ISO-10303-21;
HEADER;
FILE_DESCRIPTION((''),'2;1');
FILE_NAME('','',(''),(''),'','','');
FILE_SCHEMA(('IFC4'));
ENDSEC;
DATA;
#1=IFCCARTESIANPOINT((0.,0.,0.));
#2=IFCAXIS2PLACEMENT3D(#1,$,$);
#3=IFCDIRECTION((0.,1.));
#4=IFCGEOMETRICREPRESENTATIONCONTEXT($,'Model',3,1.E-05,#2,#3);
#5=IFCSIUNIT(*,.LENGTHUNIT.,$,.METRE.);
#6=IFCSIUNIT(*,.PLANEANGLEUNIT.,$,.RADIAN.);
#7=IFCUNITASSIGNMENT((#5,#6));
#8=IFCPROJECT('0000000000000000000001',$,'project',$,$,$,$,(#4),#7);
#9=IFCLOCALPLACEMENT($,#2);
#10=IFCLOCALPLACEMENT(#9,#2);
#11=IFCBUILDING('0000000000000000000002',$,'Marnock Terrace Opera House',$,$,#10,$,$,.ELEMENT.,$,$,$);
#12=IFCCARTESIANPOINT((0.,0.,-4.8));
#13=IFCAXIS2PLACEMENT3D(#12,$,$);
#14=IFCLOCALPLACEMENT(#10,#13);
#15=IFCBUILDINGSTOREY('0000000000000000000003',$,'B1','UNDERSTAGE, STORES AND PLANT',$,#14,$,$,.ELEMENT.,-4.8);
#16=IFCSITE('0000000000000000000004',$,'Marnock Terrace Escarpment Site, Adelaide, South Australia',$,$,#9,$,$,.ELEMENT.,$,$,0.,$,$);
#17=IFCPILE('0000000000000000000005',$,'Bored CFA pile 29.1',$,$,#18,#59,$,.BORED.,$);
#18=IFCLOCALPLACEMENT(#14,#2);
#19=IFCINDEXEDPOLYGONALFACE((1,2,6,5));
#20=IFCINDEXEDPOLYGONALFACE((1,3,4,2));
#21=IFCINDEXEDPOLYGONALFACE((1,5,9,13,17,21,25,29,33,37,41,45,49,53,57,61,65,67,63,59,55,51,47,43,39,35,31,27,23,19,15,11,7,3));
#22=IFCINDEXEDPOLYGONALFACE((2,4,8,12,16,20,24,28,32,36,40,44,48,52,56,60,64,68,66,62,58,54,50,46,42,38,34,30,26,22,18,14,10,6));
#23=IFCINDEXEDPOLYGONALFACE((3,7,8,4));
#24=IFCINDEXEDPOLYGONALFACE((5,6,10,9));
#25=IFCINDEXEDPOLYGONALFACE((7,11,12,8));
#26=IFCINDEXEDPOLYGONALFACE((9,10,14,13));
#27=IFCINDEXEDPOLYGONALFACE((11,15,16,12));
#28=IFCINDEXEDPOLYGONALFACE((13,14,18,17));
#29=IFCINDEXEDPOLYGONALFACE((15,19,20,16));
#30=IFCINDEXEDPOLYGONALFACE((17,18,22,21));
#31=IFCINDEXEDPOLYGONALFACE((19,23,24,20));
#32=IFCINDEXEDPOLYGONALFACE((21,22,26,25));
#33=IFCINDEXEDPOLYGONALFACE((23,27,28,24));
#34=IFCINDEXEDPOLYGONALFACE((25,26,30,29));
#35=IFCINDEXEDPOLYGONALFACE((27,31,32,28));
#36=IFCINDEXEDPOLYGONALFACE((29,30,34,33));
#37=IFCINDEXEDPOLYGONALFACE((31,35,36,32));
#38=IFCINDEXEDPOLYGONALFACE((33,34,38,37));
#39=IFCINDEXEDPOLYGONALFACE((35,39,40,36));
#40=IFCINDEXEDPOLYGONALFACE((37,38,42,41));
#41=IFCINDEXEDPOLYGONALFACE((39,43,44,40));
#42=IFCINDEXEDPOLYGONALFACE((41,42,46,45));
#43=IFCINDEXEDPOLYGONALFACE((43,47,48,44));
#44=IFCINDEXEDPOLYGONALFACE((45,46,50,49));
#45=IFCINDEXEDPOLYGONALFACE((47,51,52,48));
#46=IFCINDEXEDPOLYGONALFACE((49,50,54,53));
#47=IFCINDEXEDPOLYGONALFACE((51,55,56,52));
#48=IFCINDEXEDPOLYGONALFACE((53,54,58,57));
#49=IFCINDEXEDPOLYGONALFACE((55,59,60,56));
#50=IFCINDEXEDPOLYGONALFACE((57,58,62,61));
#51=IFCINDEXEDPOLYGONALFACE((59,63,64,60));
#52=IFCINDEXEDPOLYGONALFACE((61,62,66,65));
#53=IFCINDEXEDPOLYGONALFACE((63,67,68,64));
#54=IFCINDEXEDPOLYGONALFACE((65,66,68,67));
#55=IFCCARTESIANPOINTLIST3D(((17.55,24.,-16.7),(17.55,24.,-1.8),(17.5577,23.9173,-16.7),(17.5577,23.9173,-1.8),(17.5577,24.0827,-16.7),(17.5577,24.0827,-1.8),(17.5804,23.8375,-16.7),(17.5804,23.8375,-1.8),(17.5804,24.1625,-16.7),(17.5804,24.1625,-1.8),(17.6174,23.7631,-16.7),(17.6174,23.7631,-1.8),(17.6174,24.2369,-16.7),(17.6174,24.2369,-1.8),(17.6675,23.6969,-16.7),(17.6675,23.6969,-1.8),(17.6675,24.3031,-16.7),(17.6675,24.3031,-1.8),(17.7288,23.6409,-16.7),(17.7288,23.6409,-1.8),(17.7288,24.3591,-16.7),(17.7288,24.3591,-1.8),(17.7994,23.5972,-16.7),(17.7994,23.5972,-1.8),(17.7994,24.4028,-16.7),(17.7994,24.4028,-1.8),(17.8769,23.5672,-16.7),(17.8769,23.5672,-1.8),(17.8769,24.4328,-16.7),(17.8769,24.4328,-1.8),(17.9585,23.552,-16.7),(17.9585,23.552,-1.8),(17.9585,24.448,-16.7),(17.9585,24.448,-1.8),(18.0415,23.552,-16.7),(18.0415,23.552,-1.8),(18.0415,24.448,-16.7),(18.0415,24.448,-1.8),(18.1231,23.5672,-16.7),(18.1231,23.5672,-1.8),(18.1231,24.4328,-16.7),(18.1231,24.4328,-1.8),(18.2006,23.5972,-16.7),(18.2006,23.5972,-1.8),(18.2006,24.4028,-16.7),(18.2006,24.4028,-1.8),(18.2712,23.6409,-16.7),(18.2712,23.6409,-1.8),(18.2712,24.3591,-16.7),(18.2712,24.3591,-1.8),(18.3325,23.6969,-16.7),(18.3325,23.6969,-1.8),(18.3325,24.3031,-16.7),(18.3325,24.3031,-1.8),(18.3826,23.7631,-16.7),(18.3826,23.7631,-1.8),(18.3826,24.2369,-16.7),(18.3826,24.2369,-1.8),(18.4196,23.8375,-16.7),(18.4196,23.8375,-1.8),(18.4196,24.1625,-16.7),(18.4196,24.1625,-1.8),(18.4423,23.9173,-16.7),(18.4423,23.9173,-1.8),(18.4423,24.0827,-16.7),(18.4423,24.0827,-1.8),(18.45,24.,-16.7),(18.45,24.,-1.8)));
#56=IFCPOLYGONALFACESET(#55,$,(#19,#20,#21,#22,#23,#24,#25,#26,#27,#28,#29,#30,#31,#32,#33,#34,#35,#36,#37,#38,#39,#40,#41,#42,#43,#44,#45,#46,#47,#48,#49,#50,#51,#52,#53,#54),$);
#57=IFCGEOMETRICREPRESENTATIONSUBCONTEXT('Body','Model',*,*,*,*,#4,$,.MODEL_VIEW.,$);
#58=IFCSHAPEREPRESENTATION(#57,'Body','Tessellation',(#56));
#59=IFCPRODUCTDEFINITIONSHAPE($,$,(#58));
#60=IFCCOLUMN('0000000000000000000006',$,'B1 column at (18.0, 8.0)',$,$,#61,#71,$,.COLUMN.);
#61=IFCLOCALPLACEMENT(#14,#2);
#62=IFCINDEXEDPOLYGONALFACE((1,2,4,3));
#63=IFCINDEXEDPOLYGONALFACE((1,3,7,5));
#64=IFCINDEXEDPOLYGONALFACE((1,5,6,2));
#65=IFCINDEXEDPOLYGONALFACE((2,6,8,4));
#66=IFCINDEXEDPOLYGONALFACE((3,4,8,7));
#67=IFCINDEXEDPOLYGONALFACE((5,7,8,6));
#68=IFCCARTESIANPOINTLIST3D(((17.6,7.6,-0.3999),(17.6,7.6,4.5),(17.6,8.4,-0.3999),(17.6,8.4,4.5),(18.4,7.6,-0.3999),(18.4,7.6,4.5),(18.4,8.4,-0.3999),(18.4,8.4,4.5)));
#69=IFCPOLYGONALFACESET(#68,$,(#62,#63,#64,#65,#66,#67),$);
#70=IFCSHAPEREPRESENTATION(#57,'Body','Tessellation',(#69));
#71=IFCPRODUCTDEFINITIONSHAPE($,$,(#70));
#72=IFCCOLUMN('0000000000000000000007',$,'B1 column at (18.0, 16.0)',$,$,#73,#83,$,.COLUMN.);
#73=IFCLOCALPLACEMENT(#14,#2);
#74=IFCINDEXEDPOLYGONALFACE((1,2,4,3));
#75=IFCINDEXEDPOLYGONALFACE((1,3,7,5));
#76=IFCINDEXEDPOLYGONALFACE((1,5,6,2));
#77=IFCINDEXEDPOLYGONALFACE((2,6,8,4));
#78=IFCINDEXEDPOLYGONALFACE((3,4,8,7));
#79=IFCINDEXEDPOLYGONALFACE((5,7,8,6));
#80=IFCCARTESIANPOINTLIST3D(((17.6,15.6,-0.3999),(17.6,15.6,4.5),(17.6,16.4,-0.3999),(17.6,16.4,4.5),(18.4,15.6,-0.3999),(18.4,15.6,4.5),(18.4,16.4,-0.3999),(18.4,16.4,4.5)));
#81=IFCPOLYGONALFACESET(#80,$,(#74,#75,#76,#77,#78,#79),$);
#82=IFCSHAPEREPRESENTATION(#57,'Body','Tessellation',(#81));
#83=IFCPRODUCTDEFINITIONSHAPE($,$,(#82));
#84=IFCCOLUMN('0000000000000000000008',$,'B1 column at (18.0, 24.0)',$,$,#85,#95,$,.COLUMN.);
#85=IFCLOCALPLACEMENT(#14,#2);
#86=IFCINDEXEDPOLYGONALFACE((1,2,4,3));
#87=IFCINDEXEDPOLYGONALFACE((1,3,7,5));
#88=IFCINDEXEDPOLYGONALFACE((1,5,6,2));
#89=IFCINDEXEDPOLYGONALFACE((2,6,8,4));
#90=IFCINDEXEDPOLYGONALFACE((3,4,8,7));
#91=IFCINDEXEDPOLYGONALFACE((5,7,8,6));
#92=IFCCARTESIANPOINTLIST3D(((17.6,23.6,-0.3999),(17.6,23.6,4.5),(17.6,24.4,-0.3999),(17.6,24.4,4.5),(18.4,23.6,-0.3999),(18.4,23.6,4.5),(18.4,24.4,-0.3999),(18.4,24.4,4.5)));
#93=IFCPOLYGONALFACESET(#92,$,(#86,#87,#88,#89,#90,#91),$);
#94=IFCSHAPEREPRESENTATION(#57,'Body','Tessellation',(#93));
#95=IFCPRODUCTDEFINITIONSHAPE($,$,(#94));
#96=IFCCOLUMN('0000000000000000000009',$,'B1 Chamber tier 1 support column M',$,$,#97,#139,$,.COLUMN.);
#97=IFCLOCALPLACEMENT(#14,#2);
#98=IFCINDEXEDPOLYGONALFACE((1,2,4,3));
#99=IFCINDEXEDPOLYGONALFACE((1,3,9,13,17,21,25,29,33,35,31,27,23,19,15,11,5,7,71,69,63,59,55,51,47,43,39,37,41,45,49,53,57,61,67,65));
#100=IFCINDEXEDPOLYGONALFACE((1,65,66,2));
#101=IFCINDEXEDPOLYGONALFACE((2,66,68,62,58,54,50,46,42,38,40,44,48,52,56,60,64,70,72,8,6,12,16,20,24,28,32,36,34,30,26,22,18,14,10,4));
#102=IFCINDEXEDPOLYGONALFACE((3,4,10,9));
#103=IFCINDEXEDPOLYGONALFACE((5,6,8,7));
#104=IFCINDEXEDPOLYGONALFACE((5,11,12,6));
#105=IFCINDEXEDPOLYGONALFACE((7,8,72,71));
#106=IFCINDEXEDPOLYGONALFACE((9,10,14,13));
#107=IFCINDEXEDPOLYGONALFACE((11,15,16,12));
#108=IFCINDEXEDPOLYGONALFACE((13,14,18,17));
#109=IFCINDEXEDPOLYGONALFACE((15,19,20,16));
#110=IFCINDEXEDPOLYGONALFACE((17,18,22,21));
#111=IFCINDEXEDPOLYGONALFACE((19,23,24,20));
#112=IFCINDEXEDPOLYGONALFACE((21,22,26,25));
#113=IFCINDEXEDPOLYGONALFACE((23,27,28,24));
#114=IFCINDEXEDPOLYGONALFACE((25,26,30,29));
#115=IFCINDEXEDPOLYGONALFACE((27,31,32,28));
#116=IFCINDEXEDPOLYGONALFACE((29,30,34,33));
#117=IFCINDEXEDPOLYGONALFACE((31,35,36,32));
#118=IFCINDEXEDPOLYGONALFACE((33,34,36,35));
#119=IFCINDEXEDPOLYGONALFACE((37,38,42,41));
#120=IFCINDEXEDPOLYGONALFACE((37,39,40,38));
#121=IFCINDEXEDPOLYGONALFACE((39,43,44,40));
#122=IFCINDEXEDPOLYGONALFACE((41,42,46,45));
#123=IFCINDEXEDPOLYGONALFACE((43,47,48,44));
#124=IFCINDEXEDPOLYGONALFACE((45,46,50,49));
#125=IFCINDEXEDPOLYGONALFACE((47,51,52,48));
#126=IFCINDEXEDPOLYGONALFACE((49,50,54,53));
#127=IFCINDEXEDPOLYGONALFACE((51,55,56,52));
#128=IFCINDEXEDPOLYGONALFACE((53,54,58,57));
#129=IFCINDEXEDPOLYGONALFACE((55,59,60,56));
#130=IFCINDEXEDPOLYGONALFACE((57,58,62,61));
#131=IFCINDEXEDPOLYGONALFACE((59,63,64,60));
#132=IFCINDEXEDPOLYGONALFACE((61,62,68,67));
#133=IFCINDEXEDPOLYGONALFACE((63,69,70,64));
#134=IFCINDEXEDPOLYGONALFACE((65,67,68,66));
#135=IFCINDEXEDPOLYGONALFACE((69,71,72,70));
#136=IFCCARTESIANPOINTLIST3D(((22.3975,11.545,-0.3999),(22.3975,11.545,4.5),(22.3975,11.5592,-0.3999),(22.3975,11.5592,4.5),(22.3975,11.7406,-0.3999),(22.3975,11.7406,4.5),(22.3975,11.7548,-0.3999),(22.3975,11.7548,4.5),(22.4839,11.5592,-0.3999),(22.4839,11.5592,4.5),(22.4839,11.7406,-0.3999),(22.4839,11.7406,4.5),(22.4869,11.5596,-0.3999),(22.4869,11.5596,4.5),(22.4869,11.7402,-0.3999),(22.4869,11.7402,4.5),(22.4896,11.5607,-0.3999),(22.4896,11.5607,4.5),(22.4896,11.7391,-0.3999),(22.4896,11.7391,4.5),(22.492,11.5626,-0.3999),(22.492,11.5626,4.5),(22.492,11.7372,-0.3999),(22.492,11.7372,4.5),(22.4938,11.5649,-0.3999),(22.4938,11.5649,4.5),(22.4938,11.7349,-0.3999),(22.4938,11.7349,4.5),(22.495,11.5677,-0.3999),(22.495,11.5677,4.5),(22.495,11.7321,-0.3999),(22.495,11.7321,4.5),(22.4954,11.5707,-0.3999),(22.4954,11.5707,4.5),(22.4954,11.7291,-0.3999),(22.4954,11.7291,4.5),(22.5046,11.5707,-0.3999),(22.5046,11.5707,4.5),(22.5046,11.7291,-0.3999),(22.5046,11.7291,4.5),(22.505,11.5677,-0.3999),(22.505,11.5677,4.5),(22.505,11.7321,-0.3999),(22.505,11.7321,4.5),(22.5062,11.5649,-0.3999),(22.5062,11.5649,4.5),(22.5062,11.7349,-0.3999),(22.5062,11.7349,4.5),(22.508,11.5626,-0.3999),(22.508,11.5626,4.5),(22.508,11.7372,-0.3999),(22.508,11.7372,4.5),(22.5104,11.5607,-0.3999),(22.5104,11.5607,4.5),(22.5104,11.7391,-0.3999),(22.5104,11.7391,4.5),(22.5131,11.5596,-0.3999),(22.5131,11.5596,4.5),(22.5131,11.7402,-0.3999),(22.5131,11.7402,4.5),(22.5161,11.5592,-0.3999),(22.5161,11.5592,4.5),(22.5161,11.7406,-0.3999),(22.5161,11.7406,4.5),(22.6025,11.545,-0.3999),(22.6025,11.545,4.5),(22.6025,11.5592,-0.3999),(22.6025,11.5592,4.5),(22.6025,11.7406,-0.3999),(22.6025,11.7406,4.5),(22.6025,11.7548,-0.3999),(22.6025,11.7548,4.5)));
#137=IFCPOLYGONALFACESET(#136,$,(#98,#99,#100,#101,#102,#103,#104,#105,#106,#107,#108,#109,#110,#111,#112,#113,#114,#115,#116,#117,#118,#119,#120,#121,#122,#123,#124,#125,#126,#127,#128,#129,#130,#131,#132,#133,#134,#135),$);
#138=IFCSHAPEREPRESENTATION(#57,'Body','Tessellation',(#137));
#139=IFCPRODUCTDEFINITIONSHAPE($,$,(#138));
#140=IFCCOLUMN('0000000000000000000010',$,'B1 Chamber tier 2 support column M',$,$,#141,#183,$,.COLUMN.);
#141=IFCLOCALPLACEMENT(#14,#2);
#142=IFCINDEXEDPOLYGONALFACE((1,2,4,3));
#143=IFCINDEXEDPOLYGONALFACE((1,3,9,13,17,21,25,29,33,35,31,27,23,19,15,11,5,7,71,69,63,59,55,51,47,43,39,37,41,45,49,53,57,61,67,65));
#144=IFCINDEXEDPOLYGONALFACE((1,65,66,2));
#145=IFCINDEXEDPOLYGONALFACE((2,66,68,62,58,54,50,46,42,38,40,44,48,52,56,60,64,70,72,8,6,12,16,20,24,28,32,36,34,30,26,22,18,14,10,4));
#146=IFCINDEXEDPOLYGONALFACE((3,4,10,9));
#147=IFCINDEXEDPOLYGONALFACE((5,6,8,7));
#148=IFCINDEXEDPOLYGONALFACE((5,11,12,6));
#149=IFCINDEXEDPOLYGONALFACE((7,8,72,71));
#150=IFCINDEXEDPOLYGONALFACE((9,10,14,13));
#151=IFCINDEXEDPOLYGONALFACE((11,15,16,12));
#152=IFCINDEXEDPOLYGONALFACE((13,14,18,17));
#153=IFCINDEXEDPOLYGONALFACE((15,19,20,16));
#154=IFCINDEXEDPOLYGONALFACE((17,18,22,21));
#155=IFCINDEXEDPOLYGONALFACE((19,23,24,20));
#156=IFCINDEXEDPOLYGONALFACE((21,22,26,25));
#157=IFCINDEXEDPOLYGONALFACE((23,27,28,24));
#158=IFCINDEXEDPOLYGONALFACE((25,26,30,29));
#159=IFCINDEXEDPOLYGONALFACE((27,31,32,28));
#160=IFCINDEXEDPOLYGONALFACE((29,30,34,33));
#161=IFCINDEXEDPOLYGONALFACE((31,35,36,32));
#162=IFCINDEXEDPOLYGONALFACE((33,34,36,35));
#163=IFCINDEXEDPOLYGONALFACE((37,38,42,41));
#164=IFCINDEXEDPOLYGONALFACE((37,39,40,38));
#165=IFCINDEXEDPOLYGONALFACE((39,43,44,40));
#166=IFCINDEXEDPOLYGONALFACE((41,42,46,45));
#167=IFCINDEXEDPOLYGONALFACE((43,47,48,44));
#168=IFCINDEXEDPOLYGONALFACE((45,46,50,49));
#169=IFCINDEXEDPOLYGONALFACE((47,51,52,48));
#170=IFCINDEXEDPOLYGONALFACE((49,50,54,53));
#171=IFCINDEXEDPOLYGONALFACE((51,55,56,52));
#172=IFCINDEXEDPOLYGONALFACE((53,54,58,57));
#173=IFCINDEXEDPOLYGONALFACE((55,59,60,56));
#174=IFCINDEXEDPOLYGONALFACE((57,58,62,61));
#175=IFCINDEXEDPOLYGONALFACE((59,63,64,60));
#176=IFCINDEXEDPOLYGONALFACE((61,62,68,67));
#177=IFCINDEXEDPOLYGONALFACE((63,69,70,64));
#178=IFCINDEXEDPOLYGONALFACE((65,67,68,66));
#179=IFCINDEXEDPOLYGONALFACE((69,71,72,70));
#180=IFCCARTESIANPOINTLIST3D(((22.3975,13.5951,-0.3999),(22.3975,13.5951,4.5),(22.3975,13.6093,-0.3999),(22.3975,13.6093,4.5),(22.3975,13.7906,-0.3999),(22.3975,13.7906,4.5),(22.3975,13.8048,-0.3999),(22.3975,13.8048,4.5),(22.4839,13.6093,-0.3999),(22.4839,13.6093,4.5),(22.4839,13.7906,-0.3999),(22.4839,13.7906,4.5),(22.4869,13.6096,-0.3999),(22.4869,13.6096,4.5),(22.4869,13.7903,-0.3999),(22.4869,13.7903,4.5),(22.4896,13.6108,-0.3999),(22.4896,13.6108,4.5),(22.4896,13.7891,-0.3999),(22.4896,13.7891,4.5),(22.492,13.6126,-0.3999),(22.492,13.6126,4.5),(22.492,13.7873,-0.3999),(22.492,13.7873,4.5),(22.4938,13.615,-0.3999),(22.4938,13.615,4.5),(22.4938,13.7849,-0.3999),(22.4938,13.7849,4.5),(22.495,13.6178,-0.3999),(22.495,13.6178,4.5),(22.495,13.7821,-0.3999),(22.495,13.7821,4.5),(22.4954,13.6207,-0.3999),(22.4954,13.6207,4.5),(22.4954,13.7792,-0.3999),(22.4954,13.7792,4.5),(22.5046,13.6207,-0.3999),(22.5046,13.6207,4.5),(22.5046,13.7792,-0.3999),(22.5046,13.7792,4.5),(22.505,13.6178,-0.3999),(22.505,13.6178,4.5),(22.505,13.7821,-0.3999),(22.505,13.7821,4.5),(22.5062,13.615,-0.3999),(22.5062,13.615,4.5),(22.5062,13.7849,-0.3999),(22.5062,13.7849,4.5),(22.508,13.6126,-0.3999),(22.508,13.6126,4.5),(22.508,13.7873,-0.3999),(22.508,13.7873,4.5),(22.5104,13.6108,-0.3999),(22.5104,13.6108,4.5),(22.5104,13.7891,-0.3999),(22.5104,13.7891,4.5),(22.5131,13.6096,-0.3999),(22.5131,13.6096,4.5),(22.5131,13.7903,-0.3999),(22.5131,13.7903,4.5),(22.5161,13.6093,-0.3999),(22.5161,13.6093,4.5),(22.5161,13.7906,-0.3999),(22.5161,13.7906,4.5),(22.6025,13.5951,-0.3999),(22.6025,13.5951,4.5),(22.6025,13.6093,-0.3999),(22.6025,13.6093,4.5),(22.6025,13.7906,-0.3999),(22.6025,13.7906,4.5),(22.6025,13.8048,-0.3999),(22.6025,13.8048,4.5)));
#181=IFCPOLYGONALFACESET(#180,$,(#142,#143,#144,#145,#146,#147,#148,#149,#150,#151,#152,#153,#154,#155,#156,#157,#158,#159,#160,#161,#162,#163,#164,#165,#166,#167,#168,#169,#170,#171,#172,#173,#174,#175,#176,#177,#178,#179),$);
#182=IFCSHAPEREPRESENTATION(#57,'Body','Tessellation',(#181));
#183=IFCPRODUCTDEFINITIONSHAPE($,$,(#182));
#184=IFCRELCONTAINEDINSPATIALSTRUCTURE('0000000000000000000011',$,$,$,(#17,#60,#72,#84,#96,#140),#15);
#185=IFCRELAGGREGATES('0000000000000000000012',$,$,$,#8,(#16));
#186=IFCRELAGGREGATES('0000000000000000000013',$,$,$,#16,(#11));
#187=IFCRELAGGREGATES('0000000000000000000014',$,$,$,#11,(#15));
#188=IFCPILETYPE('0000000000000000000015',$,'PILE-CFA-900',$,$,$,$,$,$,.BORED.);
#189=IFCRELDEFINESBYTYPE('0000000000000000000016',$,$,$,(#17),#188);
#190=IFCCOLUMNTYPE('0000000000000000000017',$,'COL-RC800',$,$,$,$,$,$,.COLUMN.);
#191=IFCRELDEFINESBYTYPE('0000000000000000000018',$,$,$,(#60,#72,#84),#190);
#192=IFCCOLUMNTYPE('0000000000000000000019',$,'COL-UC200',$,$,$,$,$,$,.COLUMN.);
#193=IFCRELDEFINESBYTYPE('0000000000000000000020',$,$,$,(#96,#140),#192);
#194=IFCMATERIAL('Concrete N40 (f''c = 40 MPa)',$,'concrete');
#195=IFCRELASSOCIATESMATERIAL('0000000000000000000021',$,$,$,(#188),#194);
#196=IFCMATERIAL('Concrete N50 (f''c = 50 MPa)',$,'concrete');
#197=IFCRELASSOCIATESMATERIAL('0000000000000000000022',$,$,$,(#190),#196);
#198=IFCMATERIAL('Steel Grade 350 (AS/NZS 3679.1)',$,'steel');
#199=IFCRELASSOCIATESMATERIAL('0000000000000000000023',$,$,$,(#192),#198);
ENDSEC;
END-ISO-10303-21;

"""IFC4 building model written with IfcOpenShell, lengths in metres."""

from ifc_helpers import new_model, si_unit, direction, frame, origin, origin_2d, place, context, subcontext, project, spatial, rectangle, circle, i_section, extrude, material, material_profile, profile_set, type_object, element, save


model = new_model("IFC4")

# Units and contexts
model_context = context("Model", 3, precision=1e-05, world=origin(), true_north=direction((0.0, 1.0)))
body_context = subcontext(model_context, "Body", "Model", "MODEL_VIEW")
ifc_project = project(units=[si_unit("LENGTHUNIT", "METRE"), si_unit("PLANEANGLEUNIT", "RADIAN")], contexts=[model_context])

# Site, building, storey
site_placement = place(None, origin())
site = spatial("IfcSite", under=ifc_project, at=site_placement, Name="Marnock Terrace Escarpment Site, Adelaide, South Australia", CompositionType="ELEMENT", RefElevation=0.0)
building_placement = place(site_placement, origin())
building = spatial("IfcBuilding", under=site, at=building_placement, Name="Marnock Terrace Opera House", CompositionType="ELEMENT")
storey_placement = place(building_placement, frame((0.0, 0.0, -4.8)))
storey = spatial("IfcBuildingStorey", under=building, at=storey_placement, Name="B1", Description="UNDERSTAGE, STORES AND PLANT", CompositionType="ELEMENT", Elevation=-4.8)

# Shared definitions
ifc_material_1 = material(Name="Concrete N40 (f'c = 40 MPa)", Category="concrete")

# Pile
ifc_material_profile_1 = material_profile(ifc_material_1, circle(Radius=0.45, at=origin_2d()))
ifc_profile_set_1 = profile_set([ifc_material_profile_1], Name="Concrete N40 (f'c = 40 MPa)")
pile_type = type_object("IfcPileType", Name="PILE-CFA-900", PredefinedType="BORED", material=ifc_profile_set_1)
for number, where, z_axis, x_axis, name in (
    (1, (18.0, 24.0, -1.8), (0.0, 0.0, -1.0), (1.0, 0.0, 0.0), "Bored CFA pile 29.1"),
):
    element("IfcPile", number, at=place(storey_placement, frame(where, z_axis=z_axis, x_axis=x_axis)), inside=storey, type_object=pile_type, Name=name, PredefinedType="BORED", context=body_context, shape_type="SweptSolid", body=[
        extrude(circle(Radius=0.45, at=origin_2d()), origin(), (0.0, 0.0, 1.0), 14.8999),
    ])

# Columns
ifc_material_2 = material(Name="Concrete N50 (f'c = 50 MPa)", Category="concrete")
ifc_material_profile_2 = material_profile(ifc_material_2, rectangle(XDim=0.8, YDim=0.8, at=origin_2d()))
ifc_profile_set_2 = profile_set([ifc_material_profile_2], Name="Concrete N50 (f'c = 50 MPa)")
column_type_1 = type_object("IfcColumnType", Name="COL-RC800", PredefinedType="COLUMN", material=ifc_profile_set_2)
for number, where, z_axis, x_axis, name in (
    (2, (18.0, 8.0, -0.3999), (0.0, 0.0, 1.0), (1.0, 0.0, 0.0), "B1 column at (18.0, 8.0)"),
    (3, (18.0, 16.0, -0.3999), (0.0, 0.0, 1.0), (1.0, 0.0, 0.0), "B1 column at (18.0, 16.0)"),
    (4, (18.0, 24.0, -0.3999), (0.0, 0.0, 1.0), (1.0, 0.0, 0.0), "B1 column at (18.0, 24.0)"),
):
    element("IfcColumn", number, at=place(storey_placement, frame(where, z_axis=z_axis, x_axis=x_axis)), inside=storey, type_object=column_type_1, Name=name, PredefinedType="COLUMN", context=body_context, shape_type="SweptSolid", body=[
        extrude(rectangle(XDim=0.8, YDim=0.8, at=origin_2d()), origin(), (0.0, 0.0, 1.0), 4.8999),
    ])
ifc_material_3 = material(Name="Steel Grade 350 (AS/NZS 3679.1)", Category="steel")
ifc_material_profile_3 = material_profile(ifc_material_3, i_section(OverallWidth=0.2051, OverallDepth=0.2097, WebThickness=0.0093, FlangeThickness=0.0142, FilletRadius=0.0115, at=origin_2d()))
ifc_profile_set_3 = profile_set([ifc_material_profile_3], Name="Steel Grade 350 (AS/NZS 3679.1)")
column_type_2 = type_object("IfcColumnType", Name="COL-UC200", PredefinedType="COLUMN", material=ifc_profile_set_3)
for number, where, z_axis, x_axis, name in (
    (5, (22.5, 11.6499, -0.3999), (0.0, 0.0, 1.0), (1.0, 0.0, 0.0), "B1 Chamber tier 1 support column M"),
    (6, (22.5, 13.7, -0.3999), (0.0, 0.0, 1.0), (1.0, 0.0, 0.0), "B1 Chamber tier 2 support column M"),
):
    element("IfcColumn", number, at=place(storey_placement, frame(where, z_axis=z_axis, x_axis=x_axis)), inside=storey, type_object=column_type_2, Name=name, PredefinedType="COLUMN", context=body_context, shape_type="SweptSolid", body=[
        extrude(i_section(OverallWidth=0.2051, OverallDepth=0.2097, WebThickness=0.0093, FlangeThickness=0.0142, FilletRadius=0.0115, at=origin_2d()), origin(), (0.0, 0.0, 1.0), 4.8999),
    ])

save(model, "model.ifc")
